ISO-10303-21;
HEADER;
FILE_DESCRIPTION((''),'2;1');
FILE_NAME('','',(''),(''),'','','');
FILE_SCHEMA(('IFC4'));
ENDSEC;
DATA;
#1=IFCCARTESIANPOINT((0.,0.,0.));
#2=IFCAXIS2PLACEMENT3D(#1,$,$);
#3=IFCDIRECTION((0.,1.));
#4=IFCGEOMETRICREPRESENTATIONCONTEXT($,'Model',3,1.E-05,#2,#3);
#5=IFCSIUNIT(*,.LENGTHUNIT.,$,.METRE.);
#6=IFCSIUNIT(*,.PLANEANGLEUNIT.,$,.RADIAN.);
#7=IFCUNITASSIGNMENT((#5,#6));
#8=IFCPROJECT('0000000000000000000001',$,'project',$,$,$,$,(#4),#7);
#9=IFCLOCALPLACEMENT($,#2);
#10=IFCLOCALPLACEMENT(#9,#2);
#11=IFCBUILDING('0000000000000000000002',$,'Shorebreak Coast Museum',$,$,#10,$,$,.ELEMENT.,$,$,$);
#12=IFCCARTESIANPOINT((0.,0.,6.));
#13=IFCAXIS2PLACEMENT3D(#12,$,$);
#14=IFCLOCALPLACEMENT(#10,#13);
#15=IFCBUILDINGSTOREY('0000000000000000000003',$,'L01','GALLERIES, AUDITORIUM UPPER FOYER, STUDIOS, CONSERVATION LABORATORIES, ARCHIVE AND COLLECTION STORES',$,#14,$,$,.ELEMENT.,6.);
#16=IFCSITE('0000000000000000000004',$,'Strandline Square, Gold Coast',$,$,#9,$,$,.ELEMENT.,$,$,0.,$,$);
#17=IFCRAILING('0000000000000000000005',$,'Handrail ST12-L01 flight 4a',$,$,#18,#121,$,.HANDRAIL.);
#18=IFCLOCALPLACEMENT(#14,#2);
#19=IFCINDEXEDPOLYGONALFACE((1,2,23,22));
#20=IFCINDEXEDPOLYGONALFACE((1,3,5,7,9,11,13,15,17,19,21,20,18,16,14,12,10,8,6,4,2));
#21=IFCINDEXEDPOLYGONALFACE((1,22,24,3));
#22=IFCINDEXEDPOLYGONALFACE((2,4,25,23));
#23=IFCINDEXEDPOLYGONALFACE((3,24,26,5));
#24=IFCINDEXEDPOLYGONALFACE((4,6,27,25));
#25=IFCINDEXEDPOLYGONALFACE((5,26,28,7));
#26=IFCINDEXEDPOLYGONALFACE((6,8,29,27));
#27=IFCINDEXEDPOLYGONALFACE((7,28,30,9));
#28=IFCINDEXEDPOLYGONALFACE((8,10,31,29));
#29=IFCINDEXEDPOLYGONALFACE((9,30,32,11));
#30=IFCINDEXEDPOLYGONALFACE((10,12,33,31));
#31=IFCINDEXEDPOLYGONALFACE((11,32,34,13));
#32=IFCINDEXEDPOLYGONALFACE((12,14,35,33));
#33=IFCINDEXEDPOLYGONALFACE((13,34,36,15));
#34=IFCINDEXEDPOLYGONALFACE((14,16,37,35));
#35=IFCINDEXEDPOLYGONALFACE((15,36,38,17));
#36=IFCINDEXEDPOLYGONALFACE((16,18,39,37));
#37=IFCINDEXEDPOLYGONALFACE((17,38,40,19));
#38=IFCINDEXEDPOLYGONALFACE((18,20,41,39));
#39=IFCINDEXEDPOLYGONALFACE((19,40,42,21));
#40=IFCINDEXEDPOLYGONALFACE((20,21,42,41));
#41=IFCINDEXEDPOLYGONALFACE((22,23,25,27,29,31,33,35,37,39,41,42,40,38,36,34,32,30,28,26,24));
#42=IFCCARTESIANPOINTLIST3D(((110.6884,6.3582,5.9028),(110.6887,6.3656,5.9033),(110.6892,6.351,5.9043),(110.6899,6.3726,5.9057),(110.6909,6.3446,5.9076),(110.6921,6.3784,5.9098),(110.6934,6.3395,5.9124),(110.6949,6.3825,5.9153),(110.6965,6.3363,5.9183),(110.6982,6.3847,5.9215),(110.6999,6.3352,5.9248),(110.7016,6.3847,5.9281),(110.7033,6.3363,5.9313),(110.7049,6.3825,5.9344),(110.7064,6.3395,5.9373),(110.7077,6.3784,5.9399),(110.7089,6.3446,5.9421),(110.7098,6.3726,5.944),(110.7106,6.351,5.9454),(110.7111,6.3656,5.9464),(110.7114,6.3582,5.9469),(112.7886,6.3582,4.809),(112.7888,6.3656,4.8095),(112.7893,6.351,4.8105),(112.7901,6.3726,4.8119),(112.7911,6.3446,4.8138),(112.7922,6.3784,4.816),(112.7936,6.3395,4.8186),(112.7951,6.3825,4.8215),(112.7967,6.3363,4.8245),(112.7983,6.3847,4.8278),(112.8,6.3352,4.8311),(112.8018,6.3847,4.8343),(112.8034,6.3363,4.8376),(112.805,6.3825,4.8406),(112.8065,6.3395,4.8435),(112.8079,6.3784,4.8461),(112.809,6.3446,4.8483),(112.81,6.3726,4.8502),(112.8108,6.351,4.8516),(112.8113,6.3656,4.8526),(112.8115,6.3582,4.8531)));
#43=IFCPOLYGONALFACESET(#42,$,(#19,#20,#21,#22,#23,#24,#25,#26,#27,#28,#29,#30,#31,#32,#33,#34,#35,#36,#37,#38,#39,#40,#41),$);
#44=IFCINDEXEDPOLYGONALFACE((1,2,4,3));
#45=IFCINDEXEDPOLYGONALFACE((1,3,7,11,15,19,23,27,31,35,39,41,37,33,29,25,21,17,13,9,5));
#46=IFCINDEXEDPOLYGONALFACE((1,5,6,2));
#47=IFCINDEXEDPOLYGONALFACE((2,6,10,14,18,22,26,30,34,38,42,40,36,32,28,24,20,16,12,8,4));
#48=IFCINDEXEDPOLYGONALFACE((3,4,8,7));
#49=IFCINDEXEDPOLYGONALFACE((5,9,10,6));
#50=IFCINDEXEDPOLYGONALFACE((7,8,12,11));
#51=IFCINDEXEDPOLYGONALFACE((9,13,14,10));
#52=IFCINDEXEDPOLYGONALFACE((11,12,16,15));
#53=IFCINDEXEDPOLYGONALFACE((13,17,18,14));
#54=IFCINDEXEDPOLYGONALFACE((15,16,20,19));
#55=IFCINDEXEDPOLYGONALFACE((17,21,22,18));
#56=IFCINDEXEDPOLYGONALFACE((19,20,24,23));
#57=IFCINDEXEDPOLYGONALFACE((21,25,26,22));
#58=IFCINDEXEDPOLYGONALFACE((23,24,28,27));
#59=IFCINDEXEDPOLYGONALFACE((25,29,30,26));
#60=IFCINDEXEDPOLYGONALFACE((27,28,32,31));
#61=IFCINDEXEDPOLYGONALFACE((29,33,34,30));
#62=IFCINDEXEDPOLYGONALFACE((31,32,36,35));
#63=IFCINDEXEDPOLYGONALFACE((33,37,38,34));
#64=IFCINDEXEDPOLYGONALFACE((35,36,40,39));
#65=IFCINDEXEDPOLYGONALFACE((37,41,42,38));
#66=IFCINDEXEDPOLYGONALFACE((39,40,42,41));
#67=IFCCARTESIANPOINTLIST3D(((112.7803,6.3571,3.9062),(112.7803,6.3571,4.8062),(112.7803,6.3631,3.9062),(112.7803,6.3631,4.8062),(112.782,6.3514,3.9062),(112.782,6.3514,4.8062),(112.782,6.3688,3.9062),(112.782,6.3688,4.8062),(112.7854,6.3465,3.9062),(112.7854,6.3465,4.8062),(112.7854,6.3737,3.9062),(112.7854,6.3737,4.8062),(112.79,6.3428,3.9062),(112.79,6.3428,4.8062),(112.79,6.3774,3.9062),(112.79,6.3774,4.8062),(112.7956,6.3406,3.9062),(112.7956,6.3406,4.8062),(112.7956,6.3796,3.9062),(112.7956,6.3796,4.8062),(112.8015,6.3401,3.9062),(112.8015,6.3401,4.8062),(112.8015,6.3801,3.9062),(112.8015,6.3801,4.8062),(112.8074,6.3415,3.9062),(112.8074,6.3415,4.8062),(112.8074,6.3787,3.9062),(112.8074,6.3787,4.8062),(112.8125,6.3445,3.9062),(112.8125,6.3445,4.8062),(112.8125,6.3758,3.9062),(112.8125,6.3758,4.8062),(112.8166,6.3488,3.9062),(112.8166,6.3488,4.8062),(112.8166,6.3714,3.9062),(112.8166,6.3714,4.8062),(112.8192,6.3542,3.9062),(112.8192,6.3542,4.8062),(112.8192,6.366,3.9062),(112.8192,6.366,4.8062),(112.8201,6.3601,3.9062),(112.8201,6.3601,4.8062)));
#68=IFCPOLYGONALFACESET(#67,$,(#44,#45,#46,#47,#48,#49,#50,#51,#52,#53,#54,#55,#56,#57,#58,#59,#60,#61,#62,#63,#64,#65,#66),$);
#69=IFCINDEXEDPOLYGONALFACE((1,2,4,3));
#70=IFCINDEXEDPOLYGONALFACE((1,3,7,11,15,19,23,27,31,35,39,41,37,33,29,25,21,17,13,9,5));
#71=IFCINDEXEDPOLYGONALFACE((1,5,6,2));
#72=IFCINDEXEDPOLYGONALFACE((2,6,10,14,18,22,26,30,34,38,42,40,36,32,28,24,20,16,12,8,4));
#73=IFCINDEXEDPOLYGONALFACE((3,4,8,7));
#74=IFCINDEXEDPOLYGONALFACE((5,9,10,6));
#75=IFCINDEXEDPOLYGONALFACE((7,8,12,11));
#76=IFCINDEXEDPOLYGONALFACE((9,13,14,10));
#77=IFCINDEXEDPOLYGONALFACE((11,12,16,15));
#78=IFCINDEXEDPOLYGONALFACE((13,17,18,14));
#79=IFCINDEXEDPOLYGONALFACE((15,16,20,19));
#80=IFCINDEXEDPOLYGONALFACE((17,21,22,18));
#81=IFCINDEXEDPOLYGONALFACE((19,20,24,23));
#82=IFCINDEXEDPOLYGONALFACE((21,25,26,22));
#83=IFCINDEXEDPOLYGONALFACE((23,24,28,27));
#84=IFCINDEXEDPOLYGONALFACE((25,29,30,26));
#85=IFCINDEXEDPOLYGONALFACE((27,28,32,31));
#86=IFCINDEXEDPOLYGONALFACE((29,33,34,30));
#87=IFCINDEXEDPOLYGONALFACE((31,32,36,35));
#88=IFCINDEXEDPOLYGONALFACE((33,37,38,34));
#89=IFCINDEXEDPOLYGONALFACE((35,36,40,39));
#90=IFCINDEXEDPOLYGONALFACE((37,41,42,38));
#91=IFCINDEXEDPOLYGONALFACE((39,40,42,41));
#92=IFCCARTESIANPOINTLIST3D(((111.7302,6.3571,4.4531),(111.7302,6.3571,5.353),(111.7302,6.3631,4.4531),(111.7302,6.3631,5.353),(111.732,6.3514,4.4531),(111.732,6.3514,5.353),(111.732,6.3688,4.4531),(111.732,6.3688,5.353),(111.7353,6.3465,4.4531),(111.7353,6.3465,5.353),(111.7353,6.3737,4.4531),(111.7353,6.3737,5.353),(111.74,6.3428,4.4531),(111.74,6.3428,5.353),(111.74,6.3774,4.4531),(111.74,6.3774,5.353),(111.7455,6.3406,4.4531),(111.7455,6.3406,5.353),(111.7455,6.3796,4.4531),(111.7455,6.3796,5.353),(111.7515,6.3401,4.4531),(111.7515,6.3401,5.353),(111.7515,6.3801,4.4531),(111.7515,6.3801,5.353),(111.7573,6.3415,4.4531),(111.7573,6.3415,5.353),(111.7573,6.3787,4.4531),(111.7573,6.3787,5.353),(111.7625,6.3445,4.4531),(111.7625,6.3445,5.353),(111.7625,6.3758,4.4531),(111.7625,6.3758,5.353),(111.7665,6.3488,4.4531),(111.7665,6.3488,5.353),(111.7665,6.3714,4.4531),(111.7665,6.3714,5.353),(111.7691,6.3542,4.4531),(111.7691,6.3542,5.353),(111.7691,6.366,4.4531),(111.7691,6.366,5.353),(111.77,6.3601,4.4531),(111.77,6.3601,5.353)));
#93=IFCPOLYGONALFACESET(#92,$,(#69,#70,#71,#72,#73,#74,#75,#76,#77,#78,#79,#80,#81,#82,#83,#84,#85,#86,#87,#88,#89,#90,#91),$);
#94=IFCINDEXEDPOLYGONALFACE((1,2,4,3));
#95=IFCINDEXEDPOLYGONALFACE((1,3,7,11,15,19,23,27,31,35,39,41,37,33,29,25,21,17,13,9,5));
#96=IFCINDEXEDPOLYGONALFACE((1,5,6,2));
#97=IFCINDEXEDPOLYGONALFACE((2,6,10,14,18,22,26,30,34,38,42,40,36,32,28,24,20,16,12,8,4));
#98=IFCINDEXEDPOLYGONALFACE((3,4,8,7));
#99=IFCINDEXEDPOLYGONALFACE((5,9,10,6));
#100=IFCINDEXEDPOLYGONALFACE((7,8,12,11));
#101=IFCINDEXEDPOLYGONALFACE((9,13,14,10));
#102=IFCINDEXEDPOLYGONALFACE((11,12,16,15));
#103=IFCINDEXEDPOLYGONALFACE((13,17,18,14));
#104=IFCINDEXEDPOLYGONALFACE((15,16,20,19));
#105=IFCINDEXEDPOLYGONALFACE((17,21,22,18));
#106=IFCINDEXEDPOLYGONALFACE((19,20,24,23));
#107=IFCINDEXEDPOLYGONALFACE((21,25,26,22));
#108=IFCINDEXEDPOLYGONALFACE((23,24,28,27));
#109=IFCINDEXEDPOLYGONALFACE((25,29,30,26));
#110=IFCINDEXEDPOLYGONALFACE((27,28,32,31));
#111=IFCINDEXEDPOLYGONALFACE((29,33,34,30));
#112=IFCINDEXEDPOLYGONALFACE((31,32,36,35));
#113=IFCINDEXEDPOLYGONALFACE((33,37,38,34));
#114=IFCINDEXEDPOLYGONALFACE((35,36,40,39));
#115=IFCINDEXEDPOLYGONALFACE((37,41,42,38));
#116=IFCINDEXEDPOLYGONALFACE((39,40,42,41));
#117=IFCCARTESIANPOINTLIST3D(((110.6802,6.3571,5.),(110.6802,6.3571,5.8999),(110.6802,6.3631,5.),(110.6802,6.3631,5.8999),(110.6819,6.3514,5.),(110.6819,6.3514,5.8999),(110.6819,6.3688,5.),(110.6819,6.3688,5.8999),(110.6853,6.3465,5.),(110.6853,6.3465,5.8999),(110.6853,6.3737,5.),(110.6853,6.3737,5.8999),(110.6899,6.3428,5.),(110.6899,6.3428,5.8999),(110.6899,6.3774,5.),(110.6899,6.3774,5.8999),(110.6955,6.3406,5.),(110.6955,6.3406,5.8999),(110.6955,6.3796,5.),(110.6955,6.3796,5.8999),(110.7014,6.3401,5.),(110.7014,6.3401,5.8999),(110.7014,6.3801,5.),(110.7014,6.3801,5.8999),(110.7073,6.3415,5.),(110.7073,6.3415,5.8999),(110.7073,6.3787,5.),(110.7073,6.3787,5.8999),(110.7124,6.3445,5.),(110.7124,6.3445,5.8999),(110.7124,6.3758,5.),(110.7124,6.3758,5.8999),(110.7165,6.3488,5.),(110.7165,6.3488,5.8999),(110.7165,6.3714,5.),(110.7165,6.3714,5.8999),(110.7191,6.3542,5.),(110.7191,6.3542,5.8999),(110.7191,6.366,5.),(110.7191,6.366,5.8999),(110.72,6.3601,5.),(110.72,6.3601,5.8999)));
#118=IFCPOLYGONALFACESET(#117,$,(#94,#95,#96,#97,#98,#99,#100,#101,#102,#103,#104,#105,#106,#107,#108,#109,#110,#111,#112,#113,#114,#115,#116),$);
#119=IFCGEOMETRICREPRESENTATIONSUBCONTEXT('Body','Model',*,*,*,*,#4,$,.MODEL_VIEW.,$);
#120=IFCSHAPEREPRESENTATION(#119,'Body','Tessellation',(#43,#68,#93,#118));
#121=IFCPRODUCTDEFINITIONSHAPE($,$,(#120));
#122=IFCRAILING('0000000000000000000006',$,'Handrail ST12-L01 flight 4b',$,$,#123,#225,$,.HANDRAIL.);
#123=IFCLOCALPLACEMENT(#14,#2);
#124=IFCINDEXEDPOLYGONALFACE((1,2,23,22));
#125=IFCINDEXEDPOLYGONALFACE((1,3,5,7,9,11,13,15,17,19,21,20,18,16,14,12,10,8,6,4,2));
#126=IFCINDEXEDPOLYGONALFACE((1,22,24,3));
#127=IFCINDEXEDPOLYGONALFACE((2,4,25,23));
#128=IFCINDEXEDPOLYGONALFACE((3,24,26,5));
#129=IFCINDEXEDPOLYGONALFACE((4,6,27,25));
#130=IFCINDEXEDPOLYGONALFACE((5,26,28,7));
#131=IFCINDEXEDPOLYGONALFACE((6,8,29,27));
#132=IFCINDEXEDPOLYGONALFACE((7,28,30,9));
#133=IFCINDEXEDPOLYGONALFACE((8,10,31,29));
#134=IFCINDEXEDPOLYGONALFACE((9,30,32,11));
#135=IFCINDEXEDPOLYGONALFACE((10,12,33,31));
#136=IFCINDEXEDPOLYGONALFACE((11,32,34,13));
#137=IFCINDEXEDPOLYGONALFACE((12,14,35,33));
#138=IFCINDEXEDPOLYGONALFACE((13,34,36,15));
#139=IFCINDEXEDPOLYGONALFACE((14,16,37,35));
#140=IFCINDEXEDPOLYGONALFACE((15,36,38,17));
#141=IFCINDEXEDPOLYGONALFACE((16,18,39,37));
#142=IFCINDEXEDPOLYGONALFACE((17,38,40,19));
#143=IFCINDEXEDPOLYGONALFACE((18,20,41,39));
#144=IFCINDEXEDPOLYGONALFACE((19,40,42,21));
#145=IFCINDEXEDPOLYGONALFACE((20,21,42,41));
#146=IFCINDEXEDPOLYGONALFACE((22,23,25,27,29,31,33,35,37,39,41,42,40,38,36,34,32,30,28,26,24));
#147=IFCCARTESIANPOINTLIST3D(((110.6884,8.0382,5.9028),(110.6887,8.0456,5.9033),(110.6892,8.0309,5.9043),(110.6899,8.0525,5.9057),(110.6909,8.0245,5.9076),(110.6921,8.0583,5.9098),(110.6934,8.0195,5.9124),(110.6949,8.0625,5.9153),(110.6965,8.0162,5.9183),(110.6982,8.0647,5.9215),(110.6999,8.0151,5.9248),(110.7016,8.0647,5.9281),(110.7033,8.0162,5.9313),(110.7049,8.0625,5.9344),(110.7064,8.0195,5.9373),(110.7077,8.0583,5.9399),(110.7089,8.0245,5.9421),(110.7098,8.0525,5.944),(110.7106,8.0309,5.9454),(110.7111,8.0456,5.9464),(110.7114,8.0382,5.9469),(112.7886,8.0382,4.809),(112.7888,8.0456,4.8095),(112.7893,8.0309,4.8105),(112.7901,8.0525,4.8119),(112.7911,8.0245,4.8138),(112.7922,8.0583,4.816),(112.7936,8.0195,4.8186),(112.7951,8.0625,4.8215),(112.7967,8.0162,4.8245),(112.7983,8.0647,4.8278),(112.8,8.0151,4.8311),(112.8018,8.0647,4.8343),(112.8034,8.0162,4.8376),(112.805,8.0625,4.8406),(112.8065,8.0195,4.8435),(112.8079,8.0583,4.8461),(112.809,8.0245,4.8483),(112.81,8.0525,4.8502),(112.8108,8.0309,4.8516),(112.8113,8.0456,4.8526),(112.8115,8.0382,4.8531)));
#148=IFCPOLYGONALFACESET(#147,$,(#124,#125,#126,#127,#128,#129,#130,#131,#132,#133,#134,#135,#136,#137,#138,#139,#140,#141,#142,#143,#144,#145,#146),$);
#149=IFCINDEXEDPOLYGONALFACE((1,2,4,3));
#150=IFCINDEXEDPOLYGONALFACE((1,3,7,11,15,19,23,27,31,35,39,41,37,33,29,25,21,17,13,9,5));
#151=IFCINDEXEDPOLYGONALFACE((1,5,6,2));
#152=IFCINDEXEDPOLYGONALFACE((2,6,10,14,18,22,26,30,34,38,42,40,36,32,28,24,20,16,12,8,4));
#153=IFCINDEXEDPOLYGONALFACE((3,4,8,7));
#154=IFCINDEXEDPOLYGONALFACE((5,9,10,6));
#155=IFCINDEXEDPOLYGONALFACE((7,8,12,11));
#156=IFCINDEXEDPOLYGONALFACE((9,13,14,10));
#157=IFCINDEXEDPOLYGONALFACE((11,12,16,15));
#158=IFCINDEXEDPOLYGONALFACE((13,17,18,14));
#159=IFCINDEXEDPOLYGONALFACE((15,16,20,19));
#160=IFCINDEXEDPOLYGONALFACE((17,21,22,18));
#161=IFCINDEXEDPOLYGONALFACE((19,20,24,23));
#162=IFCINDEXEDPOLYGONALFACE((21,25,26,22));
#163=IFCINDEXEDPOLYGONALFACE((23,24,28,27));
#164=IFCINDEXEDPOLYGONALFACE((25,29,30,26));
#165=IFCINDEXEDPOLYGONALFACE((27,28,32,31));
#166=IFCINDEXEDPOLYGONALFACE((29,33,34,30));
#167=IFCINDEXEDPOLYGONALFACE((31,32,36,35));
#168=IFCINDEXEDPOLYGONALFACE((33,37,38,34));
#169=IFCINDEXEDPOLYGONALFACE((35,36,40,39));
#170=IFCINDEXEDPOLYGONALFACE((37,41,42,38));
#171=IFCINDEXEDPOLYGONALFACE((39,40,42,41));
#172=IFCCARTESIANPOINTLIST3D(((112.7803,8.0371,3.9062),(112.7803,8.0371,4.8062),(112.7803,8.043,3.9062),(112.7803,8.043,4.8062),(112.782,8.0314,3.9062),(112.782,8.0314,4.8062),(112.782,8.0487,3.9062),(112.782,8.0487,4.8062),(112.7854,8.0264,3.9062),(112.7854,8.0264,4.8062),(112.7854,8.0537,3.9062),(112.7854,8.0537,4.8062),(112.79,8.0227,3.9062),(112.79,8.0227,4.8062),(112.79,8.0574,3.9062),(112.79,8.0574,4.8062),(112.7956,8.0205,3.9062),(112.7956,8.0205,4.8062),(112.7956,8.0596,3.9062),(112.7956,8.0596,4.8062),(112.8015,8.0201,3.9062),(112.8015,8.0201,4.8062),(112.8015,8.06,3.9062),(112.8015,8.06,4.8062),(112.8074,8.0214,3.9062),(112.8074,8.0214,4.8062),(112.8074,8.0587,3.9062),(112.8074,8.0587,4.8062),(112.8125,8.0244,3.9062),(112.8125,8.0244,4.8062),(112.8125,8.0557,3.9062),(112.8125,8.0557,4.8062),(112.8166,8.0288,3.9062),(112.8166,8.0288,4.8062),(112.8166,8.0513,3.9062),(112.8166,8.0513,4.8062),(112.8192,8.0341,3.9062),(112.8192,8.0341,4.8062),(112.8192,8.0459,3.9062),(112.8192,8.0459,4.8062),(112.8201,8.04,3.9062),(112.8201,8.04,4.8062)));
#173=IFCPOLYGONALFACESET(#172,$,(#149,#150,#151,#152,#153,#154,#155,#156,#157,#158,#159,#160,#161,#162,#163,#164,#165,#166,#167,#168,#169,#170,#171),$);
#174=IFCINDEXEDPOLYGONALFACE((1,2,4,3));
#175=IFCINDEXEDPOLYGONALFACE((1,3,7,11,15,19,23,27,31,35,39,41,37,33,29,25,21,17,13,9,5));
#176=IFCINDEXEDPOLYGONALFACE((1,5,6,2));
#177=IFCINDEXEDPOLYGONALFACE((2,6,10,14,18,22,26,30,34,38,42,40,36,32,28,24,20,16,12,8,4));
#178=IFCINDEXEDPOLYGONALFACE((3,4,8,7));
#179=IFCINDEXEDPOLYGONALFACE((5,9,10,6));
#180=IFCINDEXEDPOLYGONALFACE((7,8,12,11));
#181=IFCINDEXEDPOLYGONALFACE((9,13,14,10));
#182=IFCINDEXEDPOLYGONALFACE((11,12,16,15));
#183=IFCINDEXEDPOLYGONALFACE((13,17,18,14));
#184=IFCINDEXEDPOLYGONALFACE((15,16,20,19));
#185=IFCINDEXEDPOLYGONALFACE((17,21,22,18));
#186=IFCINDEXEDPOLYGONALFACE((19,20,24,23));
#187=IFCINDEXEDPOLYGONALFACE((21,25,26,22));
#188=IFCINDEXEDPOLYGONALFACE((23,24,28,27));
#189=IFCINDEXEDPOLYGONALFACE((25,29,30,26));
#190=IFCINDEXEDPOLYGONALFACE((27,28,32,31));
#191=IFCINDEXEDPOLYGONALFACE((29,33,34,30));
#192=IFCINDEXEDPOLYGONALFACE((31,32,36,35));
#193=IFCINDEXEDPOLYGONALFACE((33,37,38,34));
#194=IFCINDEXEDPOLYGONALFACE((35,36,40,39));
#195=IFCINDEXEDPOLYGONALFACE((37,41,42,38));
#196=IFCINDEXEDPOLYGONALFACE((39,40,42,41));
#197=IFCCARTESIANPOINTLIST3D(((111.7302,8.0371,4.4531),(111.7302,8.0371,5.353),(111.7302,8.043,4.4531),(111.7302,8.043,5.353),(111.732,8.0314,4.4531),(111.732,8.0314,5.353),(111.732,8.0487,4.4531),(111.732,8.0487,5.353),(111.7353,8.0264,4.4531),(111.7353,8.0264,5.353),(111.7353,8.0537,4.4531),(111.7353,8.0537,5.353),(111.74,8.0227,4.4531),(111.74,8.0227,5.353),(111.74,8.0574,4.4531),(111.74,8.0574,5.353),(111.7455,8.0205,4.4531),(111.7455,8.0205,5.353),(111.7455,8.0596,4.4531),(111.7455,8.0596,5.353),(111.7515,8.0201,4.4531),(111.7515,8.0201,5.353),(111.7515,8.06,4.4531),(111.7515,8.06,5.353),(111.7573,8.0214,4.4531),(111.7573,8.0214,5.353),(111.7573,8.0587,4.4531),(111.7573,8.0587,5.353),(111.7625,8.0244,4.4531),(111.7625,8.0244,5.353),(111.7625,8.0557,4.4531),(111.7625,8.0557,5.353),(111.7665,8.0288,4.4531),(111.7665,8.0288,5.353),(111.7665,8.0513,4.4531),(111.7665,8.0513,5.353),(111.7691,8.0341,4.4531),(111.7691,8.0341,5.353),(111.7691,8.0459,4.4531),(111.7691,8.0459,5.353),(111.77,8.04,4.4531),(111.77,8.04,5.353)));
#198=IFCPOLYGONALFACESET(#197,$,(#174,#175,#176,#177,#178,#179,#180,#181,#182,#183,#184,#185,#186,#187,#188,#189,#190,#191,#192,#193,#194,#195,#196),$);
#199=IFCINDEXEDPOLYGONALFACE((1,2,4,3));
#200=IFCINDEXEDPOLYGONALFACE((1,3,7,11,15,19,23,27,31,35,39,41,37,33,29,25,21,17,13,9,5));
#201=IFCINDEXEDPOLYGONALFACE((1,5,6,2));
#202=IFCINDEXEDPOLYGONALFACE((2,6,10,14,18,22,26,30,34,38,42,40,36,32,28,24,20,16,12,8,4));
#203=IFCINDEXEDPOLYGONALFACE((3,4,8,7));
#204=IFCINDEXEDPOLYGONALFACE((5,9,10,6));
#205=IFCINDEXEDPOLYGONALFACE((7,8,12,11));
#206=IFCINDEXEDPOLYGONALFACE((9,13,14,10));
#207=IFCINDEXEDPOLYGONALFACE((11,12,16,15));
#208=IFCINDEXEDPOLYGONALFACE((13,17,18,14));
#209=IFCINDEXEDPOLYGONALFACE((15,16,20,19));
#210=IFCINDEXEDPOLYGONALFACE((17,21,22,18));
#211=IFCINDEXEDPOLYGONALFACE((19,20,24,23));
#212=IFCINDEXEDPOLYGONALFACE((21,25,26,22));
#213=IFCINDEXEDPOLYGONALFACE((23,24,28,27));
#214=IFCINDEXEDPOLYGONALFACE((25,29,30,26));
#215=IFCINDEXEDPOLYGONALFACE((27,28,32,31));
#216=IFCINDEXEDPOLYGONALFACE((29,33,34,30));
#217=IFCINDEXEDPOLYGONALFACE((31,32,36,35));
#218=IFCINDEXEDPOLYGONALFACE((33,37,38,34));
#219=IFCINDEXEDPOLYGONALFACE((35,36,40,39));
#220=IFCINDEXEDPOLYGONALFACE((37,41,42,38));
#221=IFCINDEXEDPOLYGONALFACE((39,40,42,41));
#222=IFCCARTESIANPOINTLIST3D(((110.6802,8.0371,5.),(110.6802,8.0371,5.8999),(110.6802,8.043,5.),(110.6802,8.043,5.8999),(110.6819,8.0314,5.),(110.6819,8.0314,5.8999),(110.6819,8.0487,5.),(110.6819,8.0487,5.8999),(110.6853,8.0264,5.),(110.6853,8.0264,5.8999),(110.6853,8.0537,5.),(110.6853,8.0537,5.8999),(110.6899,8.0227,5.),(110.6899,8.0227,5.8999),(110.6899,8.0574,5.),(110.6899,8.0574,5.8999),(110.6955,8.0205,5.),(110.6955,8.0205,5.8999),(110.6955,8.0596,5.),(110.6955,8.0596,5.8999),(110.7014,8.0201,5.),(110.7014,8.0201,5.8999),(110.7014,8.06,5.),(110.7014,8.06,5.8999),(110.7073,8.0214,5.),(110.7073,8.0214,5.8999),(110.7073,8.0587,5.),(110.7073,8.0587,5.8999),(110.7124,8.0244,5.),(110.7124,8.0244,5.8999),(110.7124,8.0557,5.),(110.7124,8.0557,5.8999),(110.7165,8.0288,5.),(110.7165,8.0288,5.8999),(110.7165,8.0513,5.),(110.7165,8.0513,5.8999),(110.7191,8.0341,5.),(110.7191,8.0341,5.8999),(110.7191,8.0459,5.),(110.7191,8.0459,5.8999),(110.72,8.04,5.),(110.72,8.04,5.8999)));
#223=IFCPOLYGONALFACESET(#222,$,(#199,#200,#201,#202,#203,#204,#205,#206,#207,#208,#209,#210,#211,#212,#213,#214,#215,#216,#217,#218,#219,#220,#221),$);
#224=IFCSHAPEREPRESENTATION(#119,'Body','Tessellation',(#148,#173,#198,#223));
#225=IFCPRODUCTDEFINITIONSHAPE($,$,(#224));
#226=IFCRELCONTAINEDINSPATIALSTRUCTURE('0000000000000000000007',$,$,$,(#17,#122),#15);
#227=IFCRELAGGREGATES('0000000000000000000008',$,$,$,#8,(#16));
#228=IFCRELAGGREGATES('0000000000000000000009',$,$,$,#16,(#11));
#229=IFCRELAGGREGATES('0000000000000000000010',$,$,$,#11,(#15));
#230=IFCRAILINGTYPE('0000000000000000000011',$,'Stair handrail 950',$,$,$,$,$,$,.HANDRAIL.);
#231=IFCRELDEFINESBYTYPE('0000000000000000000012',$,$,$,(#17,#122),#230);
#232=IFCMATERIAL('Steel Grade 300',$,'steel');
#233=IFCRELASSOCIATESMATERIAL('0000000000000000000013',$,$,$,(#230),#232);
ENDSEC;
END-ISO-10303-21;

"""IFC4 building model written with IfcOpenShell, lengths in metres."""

from ifc_helpers import new_model, si_unit, direction, frame, origin, origin_2d, place, context, subcontext, project, spatial, circle, extrude, material, type_object, element, save


model = new_model("IFC4")

# Units and contexts
model_context = context("Model", 3, precision=1e-05, world=origin(), true_north=direction((0.0, 1.0)))
body_context = subcontext(model_context, "Body", "Model", "MODEL_VIEW")
ifc_project = project(units=[si_unit("LENGTHUNIT", "METRE"), si_unit("PLANEANGLEUNIT", "RADIAN")], contexts=[model_context])

# Site, building, storey
site_placement = place(None, origin())
site = spatial("IfcSite", under=ifc_project, at=site_placement, Name="Strandline Square, Gold Coast", CompositionType="ELEMENT", RefElevation=0.0)
building_placement = place(site_placement, origin())
building = spatial("IfcBuilding", under=site, at=building_placement, Name="Shorebreak Coast Museum", CompositionType="ELEMENT")
storey_placement = place(building_placement, frame((0.0, 0.0, 6.0)))
storey = spatial("IfcBuildingStorey", under=building, at=storey_placement, Name="L01", Description="GALLERIES, AUDITORIUM UPPER FOYER, STUDIOS, CONSERVATION LABORATORIES, ARCHIVE AND COLLECTION STORES", CompositionType="ELEMENT", Elevation=6.0)

# Railings
ifc_material_1 = material(Name="Steel Grade 300", Category="steel")
railing_type_1 = type_object("IfcRailingType", Name="Stair handrail 950", PredefinedType="HANDRAIL", material=ifc_material_1)
for number, where, name in (
    (1, (112.8, 6.3601, 3.9062), "Handrail ST12-L01 flight 4a"),
    (2, (112.8, 8.04, 3.9062), "Handrail ST12-L01 flight 4b"),
):
    element("IfcRailing", number, at=place(storey_placement, frame(where)), inside=storey, type_object=railing_type_1, Name=name, PredefinedType="HANDRAIL", context=body_context, shape_type="SweptSolid", body=[
        extrude(circle(Radius=0.0249, at=origin_2d()), frame((0.0, 0.0, 0.9248), z_axis=(-0.886923, 0.0, 0.461918), x_axis=(0.0, -1.0, 0.0)), (0.0, 0.0, 1.0), 2.3679),
        extrude(circle(Radius=0.02, at=origin_2d()), origin(), (0.0, 0.0, 1.0), 0.8999),
        extrude(circle(Radius=0.02, at=origin_2d()), frame((-1.05, 0.0, 0.5469)), (0.0, 0.0, 1.0), 0.8999),
        extrude(circle(Radius=0.02, at=origin_2d()), frame((-2.1001, 0.0, 1.0938)), (0.0, 0.0, 1.0), 0.8999),
    ])

save(model, "model.ifc")
